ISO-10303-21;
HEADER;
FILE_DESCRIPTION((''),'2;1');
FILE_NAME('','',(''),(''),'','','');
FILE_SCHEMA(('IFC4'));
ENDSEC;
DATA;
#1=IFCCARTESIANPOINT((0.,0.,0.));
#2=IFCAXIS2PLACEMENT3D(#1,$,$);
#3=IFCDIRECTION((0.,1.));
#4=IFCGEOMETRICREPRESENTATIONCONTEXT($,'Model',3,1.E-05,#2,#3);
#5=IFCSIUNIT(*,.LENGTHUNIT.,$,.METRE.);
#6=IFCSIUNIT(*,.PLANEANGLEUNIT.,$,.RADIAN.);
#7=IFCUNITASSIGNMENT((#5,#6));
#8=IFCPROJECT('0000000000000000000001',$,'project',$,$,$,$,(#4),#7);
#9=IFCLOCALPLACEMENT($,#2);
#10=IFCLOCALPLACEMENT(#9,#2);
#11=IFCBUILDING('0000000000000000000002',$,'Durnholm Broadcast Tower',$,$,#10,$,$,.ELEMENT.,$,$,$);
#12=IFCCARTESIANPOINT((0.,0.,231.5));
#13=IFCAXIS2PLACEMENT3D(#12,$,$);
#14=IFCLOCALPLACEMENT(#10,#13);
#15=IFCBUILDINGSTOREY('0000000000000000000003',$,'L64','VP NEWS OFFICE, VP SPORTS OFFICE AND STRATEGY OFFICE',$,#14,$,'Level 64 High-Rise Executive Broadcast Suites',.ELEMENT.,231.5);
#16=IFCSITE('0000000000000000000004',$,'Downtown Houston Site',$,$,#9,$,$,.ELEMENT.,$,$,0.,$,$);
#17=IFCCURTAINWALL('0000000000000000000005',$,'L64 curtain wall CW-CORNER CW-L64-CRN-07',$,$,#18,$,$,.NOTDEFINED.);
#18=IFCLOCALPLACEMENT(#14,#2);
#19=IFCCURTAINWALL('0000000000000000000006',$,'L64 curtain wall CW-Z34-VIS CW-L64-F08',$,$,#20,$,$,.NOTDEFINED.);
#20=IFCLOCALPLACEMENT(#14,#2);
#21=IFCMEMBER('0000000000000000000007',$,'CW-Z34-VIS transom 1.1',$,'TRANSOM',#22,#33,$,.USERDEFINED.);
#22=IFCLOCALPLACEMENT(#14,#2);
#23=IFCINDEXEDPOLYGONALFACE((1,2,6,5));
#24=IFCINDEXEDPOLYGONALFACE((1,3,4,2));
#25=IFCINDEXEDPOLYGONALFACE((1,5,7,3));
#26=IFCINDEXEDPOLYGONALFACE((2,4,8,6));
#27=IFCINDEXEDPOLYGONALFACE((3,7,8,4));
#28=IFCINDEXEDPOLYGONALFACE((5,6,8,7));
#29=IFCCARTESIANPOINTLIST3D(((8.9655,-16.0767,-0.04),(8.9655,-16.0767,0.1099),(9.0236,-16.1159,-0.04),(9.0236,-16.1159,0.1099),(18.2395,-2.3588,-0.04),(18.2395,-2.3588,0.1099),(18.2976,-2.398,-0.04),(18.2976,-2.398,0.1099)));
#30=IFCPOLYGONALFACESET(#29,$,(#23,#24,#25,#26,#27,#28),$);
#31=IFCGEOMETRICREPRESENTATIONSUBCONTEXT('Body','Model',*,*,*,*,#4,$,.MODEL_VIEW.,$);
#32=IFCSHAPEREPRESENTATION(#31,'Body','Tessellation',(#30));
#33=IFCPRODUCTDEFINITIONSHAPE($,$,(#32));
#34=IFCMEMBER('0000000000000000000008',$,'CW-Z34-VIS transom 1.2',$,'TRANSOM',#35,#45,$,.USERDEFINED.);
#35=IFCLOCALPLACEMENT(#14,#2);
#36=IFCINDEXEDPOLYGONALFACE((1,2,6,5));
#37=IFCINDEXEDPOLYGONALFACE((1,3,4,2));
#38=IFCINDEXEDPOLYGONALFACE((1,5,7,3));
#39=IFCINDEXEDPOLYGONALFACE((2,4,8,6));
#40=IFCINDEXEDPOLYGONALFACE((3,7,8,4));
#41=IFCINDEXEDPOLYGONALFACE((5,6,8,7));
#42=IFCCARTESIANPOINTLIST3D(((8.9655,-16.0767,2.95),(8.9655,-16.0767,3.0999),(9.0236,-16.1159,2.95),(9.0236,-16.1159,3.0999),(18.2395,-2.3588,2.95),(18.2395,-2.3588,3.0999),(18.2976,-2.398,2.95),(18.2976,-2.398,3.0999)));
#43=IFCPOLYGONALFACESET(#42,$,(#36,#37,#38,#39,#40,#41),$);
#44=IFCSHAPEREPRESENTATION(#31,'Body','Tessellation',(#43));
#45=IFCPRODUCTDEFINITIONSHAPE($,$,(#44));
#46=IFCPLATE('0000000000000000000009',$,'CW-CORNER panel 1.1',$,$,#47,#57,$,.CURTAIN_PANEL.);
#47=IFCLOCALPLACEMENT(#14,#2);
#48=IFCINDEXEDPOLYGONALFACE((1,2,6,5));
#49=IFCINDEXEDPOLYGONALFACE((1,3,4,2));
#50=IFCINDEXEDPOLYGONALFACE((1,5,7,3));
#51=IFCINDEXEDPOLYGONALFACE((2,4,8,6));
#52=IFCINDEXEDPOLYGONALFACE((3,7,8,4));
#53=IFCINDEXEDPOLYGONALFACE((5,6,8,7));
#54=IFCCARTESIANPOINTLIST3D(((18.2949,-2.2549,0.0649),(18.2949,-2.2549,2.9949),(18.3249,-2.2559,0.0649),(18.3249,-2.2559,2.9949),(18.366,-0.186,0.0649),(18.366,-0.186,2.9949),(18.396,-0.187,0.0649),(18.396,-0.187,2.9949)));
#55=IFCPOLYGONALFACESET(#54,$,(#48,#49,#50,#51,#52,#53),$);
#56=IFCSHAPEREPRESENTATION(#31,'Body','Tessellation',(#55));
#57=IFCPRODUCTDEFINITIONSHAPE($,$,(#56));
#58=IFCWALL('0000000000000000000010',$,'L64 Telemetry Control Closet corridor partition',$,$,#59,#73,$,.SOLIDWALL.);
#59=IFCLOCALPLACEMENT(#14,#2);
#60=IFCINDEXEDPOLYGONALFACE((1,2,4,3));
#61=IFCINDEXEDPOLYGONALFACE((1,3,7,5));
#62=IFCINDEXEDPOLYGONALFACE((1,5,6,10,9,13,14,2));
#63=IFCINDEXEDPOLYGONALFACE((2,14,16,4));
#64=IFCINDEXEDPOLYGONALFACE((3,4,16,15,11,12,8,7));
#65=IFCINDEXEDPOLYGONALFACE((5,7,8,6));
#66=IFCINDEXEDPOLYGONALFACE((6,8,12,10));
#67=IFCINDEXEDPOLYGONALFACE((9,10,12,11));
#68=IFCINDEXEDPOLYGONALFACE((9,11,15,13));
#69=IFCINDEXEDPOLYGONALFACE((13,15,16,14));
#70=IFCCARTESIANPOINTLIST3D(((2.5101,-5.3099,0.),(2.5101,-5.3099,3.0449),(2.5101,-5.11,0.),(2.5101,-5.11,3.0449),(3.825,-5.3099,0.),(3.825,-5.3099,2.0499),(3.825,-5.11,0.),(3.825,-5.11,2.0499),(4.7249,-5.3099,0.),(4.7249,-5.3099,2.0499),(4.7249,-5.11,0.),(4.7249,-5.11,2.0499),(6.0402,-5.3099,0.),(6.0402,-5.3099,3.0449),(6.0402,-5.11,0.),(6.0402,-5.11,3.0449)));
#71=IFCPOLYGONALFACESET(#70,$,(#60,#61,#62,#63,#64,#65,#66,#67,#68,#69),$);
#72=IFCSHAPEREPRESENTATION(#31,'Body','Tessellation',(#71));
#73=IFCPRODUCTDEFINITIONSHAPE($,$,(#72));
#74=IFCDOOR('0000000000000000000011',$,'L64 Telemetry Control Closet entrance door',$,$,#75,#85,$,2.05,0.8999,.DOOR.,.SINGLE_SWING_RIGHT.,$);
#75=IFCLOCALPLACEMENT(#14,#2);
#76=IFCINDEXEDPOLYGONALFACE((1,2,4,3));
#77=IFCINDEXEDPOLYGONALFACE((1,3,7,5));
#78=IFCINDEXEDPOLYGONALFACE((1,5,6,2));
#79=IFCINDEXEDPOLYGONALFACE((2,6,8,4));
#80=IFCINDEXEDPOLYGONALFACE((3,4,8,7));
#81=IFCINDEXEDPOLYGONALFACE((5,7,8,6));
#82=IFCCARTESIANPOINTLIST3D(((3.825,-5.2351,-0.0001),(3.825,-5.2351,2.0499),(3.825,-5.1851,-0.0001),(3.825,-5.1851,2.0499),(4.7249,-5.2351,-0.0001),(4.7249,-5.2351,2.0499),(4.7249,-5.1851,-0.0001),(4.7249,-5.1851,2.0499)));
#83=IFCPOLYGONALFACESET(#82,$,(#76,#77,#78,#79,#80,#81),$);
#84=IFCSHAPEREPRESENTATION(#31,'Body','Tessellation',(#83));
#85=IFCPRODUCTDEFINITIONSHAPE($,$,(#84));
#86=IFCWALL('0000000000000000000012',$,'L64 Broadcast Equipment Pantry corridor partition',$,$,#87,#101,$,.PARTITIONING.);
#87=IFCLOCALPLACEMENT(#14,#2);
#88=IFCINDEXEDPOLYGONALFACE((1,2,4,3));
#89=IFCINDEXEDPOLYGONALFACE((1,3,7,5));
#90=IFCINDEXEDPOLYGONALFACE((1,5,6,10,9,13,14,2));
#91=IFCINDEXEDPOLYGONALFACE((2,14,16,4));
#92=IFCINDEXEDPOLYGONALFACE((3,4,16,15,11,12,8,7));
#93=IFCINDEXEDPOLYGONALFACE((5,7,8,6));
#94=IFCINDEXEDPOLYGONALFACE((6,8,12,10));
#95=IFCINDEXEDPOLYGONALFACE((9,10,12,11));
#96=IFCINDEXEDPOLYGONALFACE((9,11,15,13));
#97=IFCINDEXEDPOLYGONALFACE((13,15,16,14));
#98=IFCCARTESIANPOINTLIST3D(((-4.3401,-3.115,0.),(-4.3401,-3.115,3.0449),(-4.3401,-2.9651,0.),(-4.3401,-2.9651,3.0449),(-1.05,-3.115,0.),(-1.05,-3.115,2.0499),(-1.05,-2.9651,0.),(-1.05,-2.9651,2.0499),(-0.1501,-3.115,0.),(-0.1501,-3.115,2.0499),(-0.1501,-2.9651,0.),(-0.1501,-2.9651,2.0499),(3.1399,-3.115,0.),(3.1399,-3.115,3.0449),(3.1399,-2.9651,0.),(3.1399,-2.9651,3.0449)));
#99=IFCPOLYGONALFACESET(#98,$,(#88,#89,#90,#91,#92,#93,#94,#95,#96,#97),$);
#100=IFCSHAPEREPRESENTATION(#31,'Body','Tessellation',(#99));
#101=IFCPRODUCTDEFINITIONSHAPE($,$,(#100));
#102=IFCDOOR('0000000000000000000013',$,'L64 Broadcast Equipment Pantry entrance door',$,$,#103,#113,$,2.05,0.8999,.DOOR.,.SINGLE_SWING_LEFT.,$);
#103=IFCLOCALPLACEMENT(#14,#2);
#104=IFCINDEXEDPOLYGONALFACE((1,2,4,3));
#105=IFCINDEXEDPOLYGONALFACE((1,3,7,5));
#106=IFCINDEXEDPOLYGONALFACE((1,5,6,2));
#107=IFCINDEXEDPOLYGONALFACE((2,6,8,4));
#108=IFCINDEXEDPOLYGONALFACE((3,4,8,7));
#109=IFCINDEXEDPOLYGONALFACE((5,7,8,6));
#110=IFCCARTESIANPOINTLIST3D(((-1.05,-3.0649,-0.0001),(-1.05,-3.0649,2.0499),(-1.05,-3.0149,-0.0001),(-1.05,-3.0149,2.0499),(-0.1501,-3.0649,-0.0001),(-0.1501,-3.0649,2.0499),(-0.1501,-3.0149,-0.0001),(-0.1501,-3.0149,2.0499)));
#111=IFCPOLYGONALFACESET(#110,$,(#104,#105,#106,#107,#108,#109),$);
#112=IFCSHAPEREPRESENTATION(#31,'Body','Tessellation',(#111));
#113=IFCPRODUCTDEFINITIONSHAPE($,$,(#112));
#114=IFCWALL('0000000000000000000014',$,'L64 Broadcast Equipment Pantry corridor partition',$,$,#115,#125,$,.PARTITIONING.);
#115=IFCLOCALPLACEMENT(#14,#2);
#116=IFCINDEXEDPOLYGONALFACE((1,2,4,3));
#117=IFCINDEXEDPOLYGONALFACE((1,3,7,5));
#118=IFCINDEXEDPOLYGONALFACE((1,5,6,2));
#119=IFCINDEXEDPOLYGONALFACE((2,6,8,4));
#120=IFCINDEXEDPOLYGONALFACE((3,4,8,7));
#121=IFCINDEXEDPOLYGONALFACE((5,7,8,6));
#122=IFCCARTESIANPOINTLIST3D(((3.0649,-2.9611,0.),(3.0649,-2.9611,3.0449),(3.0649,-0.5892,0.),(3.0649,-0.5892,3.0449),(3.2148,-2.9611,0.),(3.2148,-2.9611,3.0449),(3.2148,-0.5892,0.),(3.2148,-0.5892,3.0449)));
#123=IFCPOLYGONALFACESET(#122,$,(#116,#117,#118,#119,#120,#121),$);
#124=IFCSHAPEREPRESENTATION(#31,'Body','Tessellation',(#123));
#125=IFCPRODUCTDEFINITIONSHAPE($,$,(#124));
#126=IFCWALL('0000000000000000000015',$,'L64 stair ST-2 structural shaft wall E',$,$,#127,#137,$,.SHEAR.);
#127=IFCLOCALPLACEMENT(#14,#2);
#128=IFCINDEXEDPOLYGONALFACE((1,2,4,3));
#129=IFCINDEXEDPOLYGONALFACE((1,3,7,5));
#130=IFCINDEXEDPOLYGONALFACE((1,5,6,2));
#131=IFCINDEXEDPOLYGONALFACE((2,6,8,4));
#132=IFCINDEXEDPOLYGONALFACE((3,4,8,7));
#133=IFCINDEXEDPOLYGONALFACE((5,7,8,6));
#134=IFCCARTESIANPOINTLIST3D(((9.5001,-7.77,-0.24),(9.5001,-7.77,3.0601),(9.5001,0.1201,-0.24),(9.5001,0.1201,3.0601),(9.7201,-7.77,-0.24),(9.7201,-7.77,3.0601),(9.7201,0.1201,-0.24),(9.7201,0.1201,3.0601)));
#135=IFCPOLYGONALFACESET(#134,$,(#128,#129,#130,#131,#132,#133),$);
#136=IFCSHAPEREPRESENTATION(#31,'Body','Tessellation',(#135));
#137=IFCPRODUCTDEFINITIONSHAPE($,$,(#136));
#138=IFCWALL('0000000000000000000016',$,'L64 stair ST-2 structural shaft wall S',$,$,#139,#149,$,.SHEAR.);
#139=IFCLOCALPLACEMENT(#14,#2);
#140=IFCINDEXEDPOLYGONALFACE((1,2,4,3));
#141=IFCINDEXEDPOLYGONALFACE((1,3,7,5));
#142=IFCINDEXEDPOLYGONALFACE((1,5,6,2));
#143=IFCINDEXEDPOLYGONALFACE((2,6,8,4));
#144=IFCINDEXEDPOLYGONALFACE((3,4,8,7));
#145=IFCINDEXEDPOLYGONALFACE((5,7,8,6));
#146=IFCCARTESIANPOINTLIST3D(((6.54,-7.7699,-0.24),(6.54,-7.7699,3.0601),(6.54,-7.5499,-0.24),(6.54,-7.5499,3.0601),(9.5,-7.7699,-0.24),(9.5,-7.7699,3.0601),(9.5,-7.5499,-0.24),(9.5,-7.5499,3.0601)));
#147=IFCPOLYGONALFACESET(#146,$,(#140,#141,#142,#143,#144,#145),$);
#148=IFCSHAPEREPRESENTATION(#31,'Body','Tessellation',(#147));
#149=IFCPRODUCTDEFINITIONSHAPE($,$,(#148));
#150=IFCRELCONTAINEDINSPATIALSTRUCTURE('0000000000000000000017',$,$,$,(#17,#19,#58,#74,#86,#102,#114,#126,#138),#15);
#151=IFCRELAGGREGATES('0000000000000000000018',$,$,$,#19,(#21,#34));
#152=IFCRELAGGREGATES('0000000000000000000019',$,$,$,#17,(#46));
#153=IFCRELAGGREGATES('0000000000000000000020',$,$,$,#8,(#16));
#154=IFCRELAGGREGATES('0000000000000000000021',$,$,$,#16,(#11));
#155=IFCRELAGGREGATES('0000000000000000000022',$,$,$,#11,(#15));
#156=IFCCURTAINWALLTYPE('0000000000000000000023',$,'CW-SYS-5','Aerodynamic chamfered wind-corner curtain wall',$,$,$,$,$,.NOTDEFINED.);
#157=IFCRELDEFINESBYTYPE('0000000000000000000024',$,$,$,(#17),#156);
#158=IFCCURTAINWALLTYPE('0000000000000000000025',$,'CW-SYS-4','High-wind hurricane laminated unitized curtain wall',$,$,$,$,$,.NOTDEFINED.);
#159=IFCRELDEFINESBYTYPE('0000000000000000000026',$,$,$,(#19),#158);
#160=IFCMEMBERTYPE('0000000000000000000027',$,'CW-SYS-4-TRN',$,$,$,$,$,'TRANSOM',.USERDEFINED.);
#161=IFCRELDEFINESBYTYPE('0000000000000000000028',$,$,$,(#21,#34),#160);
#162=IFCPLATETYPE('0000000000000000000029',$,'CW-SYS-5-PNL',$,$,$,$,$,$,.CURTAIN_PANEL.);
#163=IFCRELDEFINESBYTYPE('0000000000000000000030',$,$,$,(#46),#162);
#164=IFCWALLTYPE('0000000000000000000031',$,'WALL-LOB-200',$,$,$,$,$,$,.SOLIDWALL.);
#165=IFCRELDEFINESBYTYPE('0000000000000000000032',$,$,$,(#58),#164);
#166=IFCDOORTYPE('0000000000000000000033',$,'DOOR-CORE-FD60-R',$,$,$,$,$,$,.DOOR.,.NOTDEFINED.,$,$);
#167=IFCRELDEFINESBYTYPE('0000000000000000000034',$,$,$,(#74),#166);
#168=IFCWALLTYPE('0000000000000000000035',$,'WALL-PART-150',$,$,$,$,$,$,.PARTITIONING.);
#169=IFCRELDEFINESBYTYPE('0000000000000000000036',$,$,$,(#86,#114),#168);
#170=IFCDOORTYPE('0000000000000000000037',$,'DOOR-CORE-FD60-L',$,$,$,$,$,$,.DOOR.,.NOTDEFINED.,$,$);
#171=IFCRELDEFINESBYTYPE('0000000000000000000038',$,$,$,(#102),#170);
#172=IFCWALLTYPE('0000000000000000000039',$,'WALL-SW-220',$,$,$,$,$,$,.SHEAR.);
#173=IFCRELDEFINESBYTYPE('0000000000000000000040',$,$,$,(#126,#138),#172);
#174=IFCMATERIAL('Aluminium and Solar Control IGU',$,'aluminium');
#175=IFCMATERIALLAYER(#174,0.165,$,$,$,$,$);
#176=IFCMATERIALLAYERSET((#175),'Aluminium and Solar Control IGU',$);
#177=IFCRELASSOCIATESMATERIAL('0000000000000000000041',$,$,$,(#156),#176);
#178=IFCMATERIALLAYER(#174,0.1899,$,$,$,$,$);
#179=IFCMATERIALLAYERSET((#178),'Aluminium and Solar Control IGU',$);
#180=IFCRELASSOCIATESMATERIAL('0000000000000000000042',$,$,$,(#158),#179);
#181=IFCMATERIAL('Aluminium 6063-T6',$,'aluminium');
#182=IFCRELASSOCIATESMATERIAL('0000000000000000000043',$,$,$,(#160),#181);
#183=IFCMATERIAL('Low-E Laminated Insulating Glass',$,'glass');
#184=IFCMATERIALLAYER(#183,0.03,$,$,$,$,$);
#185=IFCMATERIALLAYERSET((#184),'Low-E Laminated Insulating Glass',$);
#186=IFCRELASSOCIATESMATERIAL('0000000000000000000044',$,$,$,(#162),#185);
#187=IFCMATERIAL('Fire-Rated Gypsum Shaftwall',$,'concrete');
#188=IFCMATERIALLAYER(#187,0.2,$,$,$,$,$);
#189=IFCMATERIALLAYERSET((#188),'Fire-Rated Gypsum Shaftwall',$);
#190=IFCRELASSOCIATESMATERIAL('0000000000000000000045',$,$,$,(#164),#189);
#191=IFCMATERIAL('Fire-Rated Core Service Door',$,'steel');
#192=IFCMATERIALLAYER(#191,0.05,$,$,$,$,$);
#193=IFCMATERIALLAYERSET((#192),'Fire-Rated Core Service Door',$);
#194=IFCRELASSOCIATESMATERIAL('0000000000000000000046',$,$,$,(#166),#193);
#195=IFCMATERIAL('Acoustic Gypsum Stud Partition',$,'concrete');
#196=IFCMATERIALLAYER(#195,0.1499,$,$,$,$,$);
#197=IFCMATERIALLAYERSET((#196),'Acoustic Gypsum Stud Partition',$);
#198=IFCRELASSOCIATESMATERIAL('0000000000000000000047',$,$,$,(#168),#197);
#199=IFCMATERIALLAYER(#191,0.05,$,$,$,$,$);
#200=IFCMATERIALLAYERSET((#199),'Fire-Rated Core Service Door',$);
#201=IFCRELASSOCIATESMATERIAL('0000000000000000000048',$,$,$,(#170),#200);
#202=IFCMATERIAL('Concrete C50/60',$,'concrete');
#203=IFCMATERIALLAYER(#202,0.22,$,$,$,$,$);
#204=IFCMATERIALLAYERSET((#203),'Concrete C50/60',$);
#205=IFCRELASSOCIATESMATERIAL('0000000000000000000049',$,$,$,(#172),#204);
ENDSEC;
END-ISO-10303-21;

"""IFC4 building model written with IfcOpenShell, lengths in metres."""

from ifc_helpers import new_model, si_unit, direction, frame, frame_2d, origin, origin_2d, place, context, subcontext, project, spatial, rectangle, extrude, source, transform, mapped, material, layer, layer_set, material_profile, profile_set, type_object, type_shapes, element, fill, aggregate, save


model = new_model("IFC4")

# Units and contexts
model_context = context("Model", 3, precision=1e-05, world=origin(), true_north=direction((0.0, 1.0)))
body_context = subcontext(model_context, "Body", "Model", "MODEL_VIEW")
ifc_project = project(units=[si_unit("LENGTHUNIT", "METRE"), si_unit("PLANEANGLEUNIT", "RADIAN")], contexts=[model_context])

# Site, building, storey
site_placement = place(None, origin())
site = spatial("IfcSite", under=ifc_project, at=site_placement, Name="Downtown Houston Site", CompositionType="ELEMENT", RefElevation=0.0)
building_placement = place(site_placement, origin())
building = spatial("IfcBuilding", under=site, at=building_placement, Name="Durnholm Broadcast Tower", CompositionType="ELEMENT")
storey_placement = place(building_placement, frame((0.0, 0.0, 231.5)))
storey = spatial("IfcBuildingStorey", under=building, at=storey_placement, Name="L64", Description="VP NEWS OFFICE, VP SPORTS OFFICE AND STRATEGY OFFICE", LongName="Level 64 High-Rise Executive Broadcast Suites", CompositionType="ELEMENT", Elevation=231.5)

# Curtain wall
ifc_material_1 = material(Name="Aluminium and Solar Control IGU", Category="aluminium")
ifc_layer_1 = layer(ifc_material_1, 0.165)
ifc_layer_set_1 = layer_set([ifc_layer_1], Name="Aluminium and Solar Control IGU")
curtain_wall_type_1 = type_object("IfcCurtainWallType", Name="CW-SYS-5", Description="Aerodynamic chamfered wind-corner curtain wall", PredefinedType="NOTDEFINED", material=ifc_layer_set_1)
curtain_wall_1_placement = place(storey_placement, origin())
curtain_wall_1 = element("IfcCurtainWall", 1, at=curtain_wall_1_placement, inside=storey, type_object=curtain_wall_type_1, Name="L64 curtain wall CW-CORNER CW-L64-CRN-07", PredefinedType="NOTDEFINED")
ifc_material_2 = material(Name="Aluminium 6063-T6", Category="aluminium")

# Curtain wall, members
ifc_layer_2 = layer(ifc_material_1, 0.1899)
ifc_layer_set_2 = layer_set([ifc_layer_2], Name="Aluminium and Solar Control IGU")
curtain_wall_type_2 = type_object("IfcCurtainWallType", Name="CW-SYS-4", Description="High-wind hurricane laminated unitized curtain wall", PredefinedType="NOTDEFINED", material=ifc_layer_set_2)
curtain_wall_2_placement = place(storey_placement, origin())
curtain_wall_2 = element("IfcCurtainWall", 2, at=curtain_wall_2_placement, inside=storey, type_object=curtain_wall_type_2, Name="L64 curtain wall CW-Z34-VIS CW-L64-F08", PredefinedType="NOTDEFINED")
ifc_material_profile_1 = material_profile(ifc_material_2, rectangle(XDim=0.0701, YDim=0.1499, at=origin_2d()), Name="CWT70X150")
ifc_profile_set_1 = profile_set([ifc_material_profile_1], Name="Aluminium 6063-T6")
member_type_1 = type_object("IfcMemberType", Name="CW-SYS-4-TRN", ElementType="TRANSOM", PredefinedType="USERDEFINED", material=ifc_profile_set_1)
shared_shape_1 = source(origin(), body_context, "Body", "SweptSolid", [
    extrude(rectangle(XDim=0.0701, YDim=0.1499, at=origin_2d()), origin(), (0.0, 0.0, 1.0), 16.5586),
])
type_shapes(member_type_1, [shared_shape_1])
member_1_placement = place(storey_placement, frame((18.2686, -2.3784, 0.0349), z_axis=(-0.560071, -0.828444, 0.0), x_axis=(0.828444, -0.560071, 0.0)))
member_1 = element("IfcMember", 3, at=member_1_placement, type_object=member_type_1, Name="CW-Z34-VIS transom 1.1", ObjectType="TRANSOM", PredefinedType="USERDEFINED", context=body_context, shape_type="MappedRepresentation", body=[
    mapped(shared_shape_1, transform((0.0, 0.0, 0.0), x_axis=(1.0, 0.0, 0.0), y_axis=(0.0, 1.0, 0.0), z_axis=(0.0, 0.0, 1.0), scale=1.0)),
])
member_2_placement = place(storey_placement, frame((18.2686, -2.3784, 3.0249), z_axis=(-0.560071, -0.828444, 0.0), x_axis=(0.828444, -0.560071, 0.0)))
member_2 = element("IfcMember", 4, at=member_2_placement, type_object=member_type_1, Name="CW-Z34-VIS transom 1.2", ObjectType="TRANSOM", PredefinedType="USERDEFINED", context=body_context, shape_type="MappedRepresentation", body=[
    mapped(shared_shape_1, transform((0.0, 0.0, 0.0), x_axis=(1.0, 0.0, 0.0), y_axis=(0.0, 1.0, 0.0), z_axis=(0.0, 0.0, 1.0), scale=1.0)),
])
aggregate(curtain_wall_2, [member_1, member_2])

# Plate
ifc_material_3 = material(Name="Low-E Laminated Insulating Glass", Category="glass")
ifc_layer_3 = layer(ifc_material_3, 0.03)
ifc_layer_set_3 = layer_set([ifc_layer_3], Name="Low-E Laminated Insulating Glass")
plate_type = type_object("IfcPlateType", Name="CW-SYS-5-PNL", PredefinedType="CURTAIN_PANEL", material=ifc_layer_set_3)
shared_shape_2 = source(origin(), body_context, "Body", "SweptSolid", [
    extrude(rectangle(XDim=2.0701, YDim=0.03, at=origin_2d()), origin(), (0.0, 0.0, 1.0), 2.9299),
])
type_shapes(plate_type, [shared_shape_2])
plate_placement = place(storey_placement, frame((18.3455, -1.2209, 0.0649), z_axis=(0.0, 0.0, 1.0), x_axis=(-0.034318, -0.999411, 0.0)))
plate = element("IfcPlate", 5, at=plate_placement, type_object=plate_type, Name="CW-CORNER panel 1.1", PredefinedType="CURTAIN_PANEL", context=body_context, shape_type="MappedRepresentation", body=[
    mapped(shared_shape_2, transform((0.0, 0.0, 0.0), x_axis=(1.0, 0.0, 0.0), y_axis=(0.0, 1.0, 0.0), z_axis=(0.0, 0.0, 1.0), scale=1.0)),
])
aggregate(curtain_wall_1, [plate])

# Walls, openings, doors
ifc_material_4 = material(Name="Fire-Rated Gypsum Shaftwall", Category="concrete")
ifc_layer_4 = layer(ifc_material_4, 0.2)
ifc_layer_set_4 = layer_set([ifc_layer_4], Name="Fire-Rated Gypsum Shaftwall")
wall_type_1 = type_object("IfcWallType", Name="WALL-LOB-200", PredefinedType="SOLIDWALL", material=ifc_layer_set_4)
wall_1_placement = place(storey_placement, frame((2.51, -5.21, 0.0), z_axis=(0.0, 0.0, 1.0), x_axis=(1.0, 0.0, 0.0)))
wall_1 = element("IfcWall", 6, at=wall_1_placement, inside=storey, type_object=wall_type_1, Name="L64 Telemetry Control Closet corridor partition", PredefinedType="SOLIDWALL", context=body_context, shape_type="SweptSolid", body=[
    extrude(rectangle(XDim=3.53, YDim=0.2, at=frame_2d((1.7651, 0.0))), origin(), (0.0, 0.0, 1.0), 3.0449),
])
opening_1_placement = place(wall_1_placement, frame((1.3149, 0.0, 0.0)))
opening_1 = element("IfcOpeningElement", 7, at=opening_1_placement, cuts=wall_1, PredefinedType="OPENING", context=body_context, shape_type="SweptSolid", body=[
    extrude(rectangle(XDim=0.8999, YDim=2.05, at=frame_2d((0.45, 1.0249))), frame((0.0, 0.1099, 0.0), z_axis=(0.0, -1.0, 0.0), x_axis=(1.0, 0.0, 0.0)), (0.0, 0.0, 1.0), 0.22),
])
ifc_material_5 = material(Name="Fire-Rated Core Service Door", Category="steel")
ifc_layer_5 = layer(ifc_material_5, 0.05)
ifc_layer_set_5 = layer_set([ifc_layer_5], Name="Fire-Rated Core Service Door")
door_type_1 = type_object("IfcDoorType", Name="DOOR-CORE-FD60-R", OperationType="NOTDEFINED", PredefinedType="DOOR", material=ifc_layer_set_5)
shared_shape_3 = source(origin(), body_context, "Body", "SweptSolid", [
    extrude(rectangle(XDim=0.8999, YDim=2.05, at=frame_2d((0.45, 1.0249))), frame((0.0, 0.0249, 0.0), z_axis=(0.0, -1.0, 0.0), x_axis=(1.0, 0.0, 0.0)), (0.0, 0.0, 1.0), 0.05),
])
type_shapes(door_type_1, [shared_shape_3])
door_1_placement = place(opening_1_placement, origin())
door_1 = element("IfcDoor", 8, at=door_1_placement, inside=storey, type_object=door_type_1, Name="L64 Telemetry Control Closet entrance door", OperationType="SINGLE_SWING_RIGHT", OverallHeight=2.05, OverallWidth=0.8999, PredefinedType="DOOR", context=body_context, shape_type="MappedRepresentation", body=[
    mapped(shared_shape_3, transform((0.0, 0.0, 0.0), x_axis=(1.0, 0.0, 0.0), y_axis=(0.0, 1.0, 0.0), z_axis=(0.0, 0.0, 1.0), scale=1.0)),
])
fill(opening_1, door_1)
ifc_material_6 = material(Name="Acoustic Gypsum Stud Partition", Category="concrete")
ifc_layer_6 = layer(ifc_material_6, 0.1499)
ifc_layer_set_6 = layer_set([ifc_layer_6], Name="Acoustic Gypsum Stud Partition")
wall_type_2 = type_object("IfcWallType", Name="WALL-PART-150", PredefinedType="PARTITIONING", material=ifc_layer_set_6)
wall_2_placement = place(storey_placement, frame((3.1399, -3.04, 0.0), z_axis=(0.0, 0.0, 1.0), x_axis=(-1.0, 0.0, 0.0)))
wall_2 = element("IfcWall", 9, at=wall_2_placement, inside=storey, type_object=wall_type_2, Name="L64 Broadcast Equipment Pantry corridor partition", PredefinedType="PARTITIONING", context=body_context, shape_type="SweptSolid", body=[
    extrude(rectangle(XDim=7.48, YDim=0.1499, at=frame_2d((3.74, 0.0))), origin(), (0.0, 0.0, 1.0), 3.0449),
])
opening_2_placement = place(wall_2_placement, frame((3.29, 0.0, 0.0)))
opening_2 = element("IfcOpeningElement", 10, at=opening_2_placement, cuts=wall_2, PredefinedType="OPENING", context=body_context, shape_type="SweptSolid", body=[
    extrude(rectangle(XDim=0.8999, YDim=2.05, at=frame_2d((0.45, 1.0249))), frame((0.0, 0.085, 0.0), z_axis=(0.0, -1.0, 0.0), x_axis=(1.0, 0.0, 0.0)), (0.0, 0.0, 1.0), 0.1699),
])
ifc_layer_7 = layer(ifc_material_5, 0.05)
ifc_layer_set_7 = layer_set([ifc_layer_7], Name="Fire-Rated Core Service Door")
door_type_2 = type_object("IfcDoorType", Name="DOOR-CORE-FD60-L", OperationType="NOTDEFINED", PredefinedType="DOOR", material=ifc_layer_set_7)
shared_shape_4 = source(origin(), body_context, "Body", "SweptSolid", [
    extrude(rectangle(XDim=0.8999, YDim=2.05, at=frame_2d((0.45, 1.0249))), frame((0.0, 0.0249, 0.0), z_axis=(0.0, -1.0, 0.0), x_axis=(1.0, 0.0, 0.0)), (0.0, 0.0, 1.0), 0.05),
])
type_shapes(door_type_2, [shared_shape_4])
door_2_placement = place(opening_2_placement, origin())
door_2 = element("IfcDoor", 11, at=door_2_placement, inside=storey, type_object=door_type_2, Name="L64 Broadcast Equipment Pantry entrance door", OperationType="SINGLE_SWING_LEFT", OverallHeight=2.05, OverallWidth=0.8999, PredefinedType="DOOR", context=body_context, shape_type="MappedRepresentation", body=[
    mapped(shared_shape_4, transform((0.0, 0.0, 0.0), x_axis=(1.0, 0.0, 0.0), y_axis=(0.0, 1.0, 0.0), z_axis=(0.0, 0.0, 1.0), scale=1.0)),
])
fill(opening_2, door_2)

# Walls
wall_3_placement = place(storey_placement, frame((3.1399, -0.5891, 0.0), z_axis=(0.0, 0.0, 1.0), x_axis=(0.0, -1.0, 0.0)))
element("IfcWall", 12, at=wall_3_placement, inside=storey, type_object=wall_type_2, Name="L64 Broadcast Equipment Pantry corridor partition", PredefinedType="PARTITIONING", context=body_context, shape_type="SweptSolid", body=[
    extrude(rectangle(XDim=2.3718, YDim=0.1499, at=frame_2d((1.186, 0.0))), origin(), (0.0, 0.0, 1.0), 3.0449),
])
ifc_material_7 = material(Name="Concrete C50/60", Category="concrete")
ifc_layer_8 = layer(ifc_material_7, 0.22)
ifc_layer_set_8 = layer_set([ifc_layer_8], Name="Concrete C50/60")
wall_type_3 = type_object("IfcWallType", Name="WALL-SW-220", PredefinedType="SHEAR", material=ifc_layer_set_8)
wall_4_placement = place(storey_placement, frame((9.6101, -7.77, -0.24), z_axis=(0.0, 0.0, 1.0), x_axis=(0.0, 1.0, 0.0)))
element("IfcWall", 13, at=wall_4_placement, inside=storey, type_object=wall_type_3, Name="L64 stair ST-2 structural shaft wall E", PredefinedType="SHEAR", context=body_context, shape_type="SweptSolid", body=[
    extrude(rectangle(XDim=7.8901, YDim=0.22, at=frame_2d((3.9451, 0.0))), origin(), (0.0, 0.0, 1.0), 3.3),
])
wall_5_placement = place(storey_placement, frame((6.54, -7.6599, -0.24), z_axis=(0.0, 0.0, 1.0), x_axis=(1.0, 0.0, 0.0)))
element("IfcWall", 14, at=wall_5_placement, inside=storey, type_object=wall_type_3, Name="L64 stair ST-2 structural shaft wall S", PredefinedType="SHEAR", context=body_context, shape_type="SweptSolid", body=[
    extrude(rectangle(XDim=2.96, YDim=0.22, at=frame_2d((1.48, 0.0))), origin(), (0.0, 0.0, 1.0), 3.3),
])

save(model, "model.ifc")
